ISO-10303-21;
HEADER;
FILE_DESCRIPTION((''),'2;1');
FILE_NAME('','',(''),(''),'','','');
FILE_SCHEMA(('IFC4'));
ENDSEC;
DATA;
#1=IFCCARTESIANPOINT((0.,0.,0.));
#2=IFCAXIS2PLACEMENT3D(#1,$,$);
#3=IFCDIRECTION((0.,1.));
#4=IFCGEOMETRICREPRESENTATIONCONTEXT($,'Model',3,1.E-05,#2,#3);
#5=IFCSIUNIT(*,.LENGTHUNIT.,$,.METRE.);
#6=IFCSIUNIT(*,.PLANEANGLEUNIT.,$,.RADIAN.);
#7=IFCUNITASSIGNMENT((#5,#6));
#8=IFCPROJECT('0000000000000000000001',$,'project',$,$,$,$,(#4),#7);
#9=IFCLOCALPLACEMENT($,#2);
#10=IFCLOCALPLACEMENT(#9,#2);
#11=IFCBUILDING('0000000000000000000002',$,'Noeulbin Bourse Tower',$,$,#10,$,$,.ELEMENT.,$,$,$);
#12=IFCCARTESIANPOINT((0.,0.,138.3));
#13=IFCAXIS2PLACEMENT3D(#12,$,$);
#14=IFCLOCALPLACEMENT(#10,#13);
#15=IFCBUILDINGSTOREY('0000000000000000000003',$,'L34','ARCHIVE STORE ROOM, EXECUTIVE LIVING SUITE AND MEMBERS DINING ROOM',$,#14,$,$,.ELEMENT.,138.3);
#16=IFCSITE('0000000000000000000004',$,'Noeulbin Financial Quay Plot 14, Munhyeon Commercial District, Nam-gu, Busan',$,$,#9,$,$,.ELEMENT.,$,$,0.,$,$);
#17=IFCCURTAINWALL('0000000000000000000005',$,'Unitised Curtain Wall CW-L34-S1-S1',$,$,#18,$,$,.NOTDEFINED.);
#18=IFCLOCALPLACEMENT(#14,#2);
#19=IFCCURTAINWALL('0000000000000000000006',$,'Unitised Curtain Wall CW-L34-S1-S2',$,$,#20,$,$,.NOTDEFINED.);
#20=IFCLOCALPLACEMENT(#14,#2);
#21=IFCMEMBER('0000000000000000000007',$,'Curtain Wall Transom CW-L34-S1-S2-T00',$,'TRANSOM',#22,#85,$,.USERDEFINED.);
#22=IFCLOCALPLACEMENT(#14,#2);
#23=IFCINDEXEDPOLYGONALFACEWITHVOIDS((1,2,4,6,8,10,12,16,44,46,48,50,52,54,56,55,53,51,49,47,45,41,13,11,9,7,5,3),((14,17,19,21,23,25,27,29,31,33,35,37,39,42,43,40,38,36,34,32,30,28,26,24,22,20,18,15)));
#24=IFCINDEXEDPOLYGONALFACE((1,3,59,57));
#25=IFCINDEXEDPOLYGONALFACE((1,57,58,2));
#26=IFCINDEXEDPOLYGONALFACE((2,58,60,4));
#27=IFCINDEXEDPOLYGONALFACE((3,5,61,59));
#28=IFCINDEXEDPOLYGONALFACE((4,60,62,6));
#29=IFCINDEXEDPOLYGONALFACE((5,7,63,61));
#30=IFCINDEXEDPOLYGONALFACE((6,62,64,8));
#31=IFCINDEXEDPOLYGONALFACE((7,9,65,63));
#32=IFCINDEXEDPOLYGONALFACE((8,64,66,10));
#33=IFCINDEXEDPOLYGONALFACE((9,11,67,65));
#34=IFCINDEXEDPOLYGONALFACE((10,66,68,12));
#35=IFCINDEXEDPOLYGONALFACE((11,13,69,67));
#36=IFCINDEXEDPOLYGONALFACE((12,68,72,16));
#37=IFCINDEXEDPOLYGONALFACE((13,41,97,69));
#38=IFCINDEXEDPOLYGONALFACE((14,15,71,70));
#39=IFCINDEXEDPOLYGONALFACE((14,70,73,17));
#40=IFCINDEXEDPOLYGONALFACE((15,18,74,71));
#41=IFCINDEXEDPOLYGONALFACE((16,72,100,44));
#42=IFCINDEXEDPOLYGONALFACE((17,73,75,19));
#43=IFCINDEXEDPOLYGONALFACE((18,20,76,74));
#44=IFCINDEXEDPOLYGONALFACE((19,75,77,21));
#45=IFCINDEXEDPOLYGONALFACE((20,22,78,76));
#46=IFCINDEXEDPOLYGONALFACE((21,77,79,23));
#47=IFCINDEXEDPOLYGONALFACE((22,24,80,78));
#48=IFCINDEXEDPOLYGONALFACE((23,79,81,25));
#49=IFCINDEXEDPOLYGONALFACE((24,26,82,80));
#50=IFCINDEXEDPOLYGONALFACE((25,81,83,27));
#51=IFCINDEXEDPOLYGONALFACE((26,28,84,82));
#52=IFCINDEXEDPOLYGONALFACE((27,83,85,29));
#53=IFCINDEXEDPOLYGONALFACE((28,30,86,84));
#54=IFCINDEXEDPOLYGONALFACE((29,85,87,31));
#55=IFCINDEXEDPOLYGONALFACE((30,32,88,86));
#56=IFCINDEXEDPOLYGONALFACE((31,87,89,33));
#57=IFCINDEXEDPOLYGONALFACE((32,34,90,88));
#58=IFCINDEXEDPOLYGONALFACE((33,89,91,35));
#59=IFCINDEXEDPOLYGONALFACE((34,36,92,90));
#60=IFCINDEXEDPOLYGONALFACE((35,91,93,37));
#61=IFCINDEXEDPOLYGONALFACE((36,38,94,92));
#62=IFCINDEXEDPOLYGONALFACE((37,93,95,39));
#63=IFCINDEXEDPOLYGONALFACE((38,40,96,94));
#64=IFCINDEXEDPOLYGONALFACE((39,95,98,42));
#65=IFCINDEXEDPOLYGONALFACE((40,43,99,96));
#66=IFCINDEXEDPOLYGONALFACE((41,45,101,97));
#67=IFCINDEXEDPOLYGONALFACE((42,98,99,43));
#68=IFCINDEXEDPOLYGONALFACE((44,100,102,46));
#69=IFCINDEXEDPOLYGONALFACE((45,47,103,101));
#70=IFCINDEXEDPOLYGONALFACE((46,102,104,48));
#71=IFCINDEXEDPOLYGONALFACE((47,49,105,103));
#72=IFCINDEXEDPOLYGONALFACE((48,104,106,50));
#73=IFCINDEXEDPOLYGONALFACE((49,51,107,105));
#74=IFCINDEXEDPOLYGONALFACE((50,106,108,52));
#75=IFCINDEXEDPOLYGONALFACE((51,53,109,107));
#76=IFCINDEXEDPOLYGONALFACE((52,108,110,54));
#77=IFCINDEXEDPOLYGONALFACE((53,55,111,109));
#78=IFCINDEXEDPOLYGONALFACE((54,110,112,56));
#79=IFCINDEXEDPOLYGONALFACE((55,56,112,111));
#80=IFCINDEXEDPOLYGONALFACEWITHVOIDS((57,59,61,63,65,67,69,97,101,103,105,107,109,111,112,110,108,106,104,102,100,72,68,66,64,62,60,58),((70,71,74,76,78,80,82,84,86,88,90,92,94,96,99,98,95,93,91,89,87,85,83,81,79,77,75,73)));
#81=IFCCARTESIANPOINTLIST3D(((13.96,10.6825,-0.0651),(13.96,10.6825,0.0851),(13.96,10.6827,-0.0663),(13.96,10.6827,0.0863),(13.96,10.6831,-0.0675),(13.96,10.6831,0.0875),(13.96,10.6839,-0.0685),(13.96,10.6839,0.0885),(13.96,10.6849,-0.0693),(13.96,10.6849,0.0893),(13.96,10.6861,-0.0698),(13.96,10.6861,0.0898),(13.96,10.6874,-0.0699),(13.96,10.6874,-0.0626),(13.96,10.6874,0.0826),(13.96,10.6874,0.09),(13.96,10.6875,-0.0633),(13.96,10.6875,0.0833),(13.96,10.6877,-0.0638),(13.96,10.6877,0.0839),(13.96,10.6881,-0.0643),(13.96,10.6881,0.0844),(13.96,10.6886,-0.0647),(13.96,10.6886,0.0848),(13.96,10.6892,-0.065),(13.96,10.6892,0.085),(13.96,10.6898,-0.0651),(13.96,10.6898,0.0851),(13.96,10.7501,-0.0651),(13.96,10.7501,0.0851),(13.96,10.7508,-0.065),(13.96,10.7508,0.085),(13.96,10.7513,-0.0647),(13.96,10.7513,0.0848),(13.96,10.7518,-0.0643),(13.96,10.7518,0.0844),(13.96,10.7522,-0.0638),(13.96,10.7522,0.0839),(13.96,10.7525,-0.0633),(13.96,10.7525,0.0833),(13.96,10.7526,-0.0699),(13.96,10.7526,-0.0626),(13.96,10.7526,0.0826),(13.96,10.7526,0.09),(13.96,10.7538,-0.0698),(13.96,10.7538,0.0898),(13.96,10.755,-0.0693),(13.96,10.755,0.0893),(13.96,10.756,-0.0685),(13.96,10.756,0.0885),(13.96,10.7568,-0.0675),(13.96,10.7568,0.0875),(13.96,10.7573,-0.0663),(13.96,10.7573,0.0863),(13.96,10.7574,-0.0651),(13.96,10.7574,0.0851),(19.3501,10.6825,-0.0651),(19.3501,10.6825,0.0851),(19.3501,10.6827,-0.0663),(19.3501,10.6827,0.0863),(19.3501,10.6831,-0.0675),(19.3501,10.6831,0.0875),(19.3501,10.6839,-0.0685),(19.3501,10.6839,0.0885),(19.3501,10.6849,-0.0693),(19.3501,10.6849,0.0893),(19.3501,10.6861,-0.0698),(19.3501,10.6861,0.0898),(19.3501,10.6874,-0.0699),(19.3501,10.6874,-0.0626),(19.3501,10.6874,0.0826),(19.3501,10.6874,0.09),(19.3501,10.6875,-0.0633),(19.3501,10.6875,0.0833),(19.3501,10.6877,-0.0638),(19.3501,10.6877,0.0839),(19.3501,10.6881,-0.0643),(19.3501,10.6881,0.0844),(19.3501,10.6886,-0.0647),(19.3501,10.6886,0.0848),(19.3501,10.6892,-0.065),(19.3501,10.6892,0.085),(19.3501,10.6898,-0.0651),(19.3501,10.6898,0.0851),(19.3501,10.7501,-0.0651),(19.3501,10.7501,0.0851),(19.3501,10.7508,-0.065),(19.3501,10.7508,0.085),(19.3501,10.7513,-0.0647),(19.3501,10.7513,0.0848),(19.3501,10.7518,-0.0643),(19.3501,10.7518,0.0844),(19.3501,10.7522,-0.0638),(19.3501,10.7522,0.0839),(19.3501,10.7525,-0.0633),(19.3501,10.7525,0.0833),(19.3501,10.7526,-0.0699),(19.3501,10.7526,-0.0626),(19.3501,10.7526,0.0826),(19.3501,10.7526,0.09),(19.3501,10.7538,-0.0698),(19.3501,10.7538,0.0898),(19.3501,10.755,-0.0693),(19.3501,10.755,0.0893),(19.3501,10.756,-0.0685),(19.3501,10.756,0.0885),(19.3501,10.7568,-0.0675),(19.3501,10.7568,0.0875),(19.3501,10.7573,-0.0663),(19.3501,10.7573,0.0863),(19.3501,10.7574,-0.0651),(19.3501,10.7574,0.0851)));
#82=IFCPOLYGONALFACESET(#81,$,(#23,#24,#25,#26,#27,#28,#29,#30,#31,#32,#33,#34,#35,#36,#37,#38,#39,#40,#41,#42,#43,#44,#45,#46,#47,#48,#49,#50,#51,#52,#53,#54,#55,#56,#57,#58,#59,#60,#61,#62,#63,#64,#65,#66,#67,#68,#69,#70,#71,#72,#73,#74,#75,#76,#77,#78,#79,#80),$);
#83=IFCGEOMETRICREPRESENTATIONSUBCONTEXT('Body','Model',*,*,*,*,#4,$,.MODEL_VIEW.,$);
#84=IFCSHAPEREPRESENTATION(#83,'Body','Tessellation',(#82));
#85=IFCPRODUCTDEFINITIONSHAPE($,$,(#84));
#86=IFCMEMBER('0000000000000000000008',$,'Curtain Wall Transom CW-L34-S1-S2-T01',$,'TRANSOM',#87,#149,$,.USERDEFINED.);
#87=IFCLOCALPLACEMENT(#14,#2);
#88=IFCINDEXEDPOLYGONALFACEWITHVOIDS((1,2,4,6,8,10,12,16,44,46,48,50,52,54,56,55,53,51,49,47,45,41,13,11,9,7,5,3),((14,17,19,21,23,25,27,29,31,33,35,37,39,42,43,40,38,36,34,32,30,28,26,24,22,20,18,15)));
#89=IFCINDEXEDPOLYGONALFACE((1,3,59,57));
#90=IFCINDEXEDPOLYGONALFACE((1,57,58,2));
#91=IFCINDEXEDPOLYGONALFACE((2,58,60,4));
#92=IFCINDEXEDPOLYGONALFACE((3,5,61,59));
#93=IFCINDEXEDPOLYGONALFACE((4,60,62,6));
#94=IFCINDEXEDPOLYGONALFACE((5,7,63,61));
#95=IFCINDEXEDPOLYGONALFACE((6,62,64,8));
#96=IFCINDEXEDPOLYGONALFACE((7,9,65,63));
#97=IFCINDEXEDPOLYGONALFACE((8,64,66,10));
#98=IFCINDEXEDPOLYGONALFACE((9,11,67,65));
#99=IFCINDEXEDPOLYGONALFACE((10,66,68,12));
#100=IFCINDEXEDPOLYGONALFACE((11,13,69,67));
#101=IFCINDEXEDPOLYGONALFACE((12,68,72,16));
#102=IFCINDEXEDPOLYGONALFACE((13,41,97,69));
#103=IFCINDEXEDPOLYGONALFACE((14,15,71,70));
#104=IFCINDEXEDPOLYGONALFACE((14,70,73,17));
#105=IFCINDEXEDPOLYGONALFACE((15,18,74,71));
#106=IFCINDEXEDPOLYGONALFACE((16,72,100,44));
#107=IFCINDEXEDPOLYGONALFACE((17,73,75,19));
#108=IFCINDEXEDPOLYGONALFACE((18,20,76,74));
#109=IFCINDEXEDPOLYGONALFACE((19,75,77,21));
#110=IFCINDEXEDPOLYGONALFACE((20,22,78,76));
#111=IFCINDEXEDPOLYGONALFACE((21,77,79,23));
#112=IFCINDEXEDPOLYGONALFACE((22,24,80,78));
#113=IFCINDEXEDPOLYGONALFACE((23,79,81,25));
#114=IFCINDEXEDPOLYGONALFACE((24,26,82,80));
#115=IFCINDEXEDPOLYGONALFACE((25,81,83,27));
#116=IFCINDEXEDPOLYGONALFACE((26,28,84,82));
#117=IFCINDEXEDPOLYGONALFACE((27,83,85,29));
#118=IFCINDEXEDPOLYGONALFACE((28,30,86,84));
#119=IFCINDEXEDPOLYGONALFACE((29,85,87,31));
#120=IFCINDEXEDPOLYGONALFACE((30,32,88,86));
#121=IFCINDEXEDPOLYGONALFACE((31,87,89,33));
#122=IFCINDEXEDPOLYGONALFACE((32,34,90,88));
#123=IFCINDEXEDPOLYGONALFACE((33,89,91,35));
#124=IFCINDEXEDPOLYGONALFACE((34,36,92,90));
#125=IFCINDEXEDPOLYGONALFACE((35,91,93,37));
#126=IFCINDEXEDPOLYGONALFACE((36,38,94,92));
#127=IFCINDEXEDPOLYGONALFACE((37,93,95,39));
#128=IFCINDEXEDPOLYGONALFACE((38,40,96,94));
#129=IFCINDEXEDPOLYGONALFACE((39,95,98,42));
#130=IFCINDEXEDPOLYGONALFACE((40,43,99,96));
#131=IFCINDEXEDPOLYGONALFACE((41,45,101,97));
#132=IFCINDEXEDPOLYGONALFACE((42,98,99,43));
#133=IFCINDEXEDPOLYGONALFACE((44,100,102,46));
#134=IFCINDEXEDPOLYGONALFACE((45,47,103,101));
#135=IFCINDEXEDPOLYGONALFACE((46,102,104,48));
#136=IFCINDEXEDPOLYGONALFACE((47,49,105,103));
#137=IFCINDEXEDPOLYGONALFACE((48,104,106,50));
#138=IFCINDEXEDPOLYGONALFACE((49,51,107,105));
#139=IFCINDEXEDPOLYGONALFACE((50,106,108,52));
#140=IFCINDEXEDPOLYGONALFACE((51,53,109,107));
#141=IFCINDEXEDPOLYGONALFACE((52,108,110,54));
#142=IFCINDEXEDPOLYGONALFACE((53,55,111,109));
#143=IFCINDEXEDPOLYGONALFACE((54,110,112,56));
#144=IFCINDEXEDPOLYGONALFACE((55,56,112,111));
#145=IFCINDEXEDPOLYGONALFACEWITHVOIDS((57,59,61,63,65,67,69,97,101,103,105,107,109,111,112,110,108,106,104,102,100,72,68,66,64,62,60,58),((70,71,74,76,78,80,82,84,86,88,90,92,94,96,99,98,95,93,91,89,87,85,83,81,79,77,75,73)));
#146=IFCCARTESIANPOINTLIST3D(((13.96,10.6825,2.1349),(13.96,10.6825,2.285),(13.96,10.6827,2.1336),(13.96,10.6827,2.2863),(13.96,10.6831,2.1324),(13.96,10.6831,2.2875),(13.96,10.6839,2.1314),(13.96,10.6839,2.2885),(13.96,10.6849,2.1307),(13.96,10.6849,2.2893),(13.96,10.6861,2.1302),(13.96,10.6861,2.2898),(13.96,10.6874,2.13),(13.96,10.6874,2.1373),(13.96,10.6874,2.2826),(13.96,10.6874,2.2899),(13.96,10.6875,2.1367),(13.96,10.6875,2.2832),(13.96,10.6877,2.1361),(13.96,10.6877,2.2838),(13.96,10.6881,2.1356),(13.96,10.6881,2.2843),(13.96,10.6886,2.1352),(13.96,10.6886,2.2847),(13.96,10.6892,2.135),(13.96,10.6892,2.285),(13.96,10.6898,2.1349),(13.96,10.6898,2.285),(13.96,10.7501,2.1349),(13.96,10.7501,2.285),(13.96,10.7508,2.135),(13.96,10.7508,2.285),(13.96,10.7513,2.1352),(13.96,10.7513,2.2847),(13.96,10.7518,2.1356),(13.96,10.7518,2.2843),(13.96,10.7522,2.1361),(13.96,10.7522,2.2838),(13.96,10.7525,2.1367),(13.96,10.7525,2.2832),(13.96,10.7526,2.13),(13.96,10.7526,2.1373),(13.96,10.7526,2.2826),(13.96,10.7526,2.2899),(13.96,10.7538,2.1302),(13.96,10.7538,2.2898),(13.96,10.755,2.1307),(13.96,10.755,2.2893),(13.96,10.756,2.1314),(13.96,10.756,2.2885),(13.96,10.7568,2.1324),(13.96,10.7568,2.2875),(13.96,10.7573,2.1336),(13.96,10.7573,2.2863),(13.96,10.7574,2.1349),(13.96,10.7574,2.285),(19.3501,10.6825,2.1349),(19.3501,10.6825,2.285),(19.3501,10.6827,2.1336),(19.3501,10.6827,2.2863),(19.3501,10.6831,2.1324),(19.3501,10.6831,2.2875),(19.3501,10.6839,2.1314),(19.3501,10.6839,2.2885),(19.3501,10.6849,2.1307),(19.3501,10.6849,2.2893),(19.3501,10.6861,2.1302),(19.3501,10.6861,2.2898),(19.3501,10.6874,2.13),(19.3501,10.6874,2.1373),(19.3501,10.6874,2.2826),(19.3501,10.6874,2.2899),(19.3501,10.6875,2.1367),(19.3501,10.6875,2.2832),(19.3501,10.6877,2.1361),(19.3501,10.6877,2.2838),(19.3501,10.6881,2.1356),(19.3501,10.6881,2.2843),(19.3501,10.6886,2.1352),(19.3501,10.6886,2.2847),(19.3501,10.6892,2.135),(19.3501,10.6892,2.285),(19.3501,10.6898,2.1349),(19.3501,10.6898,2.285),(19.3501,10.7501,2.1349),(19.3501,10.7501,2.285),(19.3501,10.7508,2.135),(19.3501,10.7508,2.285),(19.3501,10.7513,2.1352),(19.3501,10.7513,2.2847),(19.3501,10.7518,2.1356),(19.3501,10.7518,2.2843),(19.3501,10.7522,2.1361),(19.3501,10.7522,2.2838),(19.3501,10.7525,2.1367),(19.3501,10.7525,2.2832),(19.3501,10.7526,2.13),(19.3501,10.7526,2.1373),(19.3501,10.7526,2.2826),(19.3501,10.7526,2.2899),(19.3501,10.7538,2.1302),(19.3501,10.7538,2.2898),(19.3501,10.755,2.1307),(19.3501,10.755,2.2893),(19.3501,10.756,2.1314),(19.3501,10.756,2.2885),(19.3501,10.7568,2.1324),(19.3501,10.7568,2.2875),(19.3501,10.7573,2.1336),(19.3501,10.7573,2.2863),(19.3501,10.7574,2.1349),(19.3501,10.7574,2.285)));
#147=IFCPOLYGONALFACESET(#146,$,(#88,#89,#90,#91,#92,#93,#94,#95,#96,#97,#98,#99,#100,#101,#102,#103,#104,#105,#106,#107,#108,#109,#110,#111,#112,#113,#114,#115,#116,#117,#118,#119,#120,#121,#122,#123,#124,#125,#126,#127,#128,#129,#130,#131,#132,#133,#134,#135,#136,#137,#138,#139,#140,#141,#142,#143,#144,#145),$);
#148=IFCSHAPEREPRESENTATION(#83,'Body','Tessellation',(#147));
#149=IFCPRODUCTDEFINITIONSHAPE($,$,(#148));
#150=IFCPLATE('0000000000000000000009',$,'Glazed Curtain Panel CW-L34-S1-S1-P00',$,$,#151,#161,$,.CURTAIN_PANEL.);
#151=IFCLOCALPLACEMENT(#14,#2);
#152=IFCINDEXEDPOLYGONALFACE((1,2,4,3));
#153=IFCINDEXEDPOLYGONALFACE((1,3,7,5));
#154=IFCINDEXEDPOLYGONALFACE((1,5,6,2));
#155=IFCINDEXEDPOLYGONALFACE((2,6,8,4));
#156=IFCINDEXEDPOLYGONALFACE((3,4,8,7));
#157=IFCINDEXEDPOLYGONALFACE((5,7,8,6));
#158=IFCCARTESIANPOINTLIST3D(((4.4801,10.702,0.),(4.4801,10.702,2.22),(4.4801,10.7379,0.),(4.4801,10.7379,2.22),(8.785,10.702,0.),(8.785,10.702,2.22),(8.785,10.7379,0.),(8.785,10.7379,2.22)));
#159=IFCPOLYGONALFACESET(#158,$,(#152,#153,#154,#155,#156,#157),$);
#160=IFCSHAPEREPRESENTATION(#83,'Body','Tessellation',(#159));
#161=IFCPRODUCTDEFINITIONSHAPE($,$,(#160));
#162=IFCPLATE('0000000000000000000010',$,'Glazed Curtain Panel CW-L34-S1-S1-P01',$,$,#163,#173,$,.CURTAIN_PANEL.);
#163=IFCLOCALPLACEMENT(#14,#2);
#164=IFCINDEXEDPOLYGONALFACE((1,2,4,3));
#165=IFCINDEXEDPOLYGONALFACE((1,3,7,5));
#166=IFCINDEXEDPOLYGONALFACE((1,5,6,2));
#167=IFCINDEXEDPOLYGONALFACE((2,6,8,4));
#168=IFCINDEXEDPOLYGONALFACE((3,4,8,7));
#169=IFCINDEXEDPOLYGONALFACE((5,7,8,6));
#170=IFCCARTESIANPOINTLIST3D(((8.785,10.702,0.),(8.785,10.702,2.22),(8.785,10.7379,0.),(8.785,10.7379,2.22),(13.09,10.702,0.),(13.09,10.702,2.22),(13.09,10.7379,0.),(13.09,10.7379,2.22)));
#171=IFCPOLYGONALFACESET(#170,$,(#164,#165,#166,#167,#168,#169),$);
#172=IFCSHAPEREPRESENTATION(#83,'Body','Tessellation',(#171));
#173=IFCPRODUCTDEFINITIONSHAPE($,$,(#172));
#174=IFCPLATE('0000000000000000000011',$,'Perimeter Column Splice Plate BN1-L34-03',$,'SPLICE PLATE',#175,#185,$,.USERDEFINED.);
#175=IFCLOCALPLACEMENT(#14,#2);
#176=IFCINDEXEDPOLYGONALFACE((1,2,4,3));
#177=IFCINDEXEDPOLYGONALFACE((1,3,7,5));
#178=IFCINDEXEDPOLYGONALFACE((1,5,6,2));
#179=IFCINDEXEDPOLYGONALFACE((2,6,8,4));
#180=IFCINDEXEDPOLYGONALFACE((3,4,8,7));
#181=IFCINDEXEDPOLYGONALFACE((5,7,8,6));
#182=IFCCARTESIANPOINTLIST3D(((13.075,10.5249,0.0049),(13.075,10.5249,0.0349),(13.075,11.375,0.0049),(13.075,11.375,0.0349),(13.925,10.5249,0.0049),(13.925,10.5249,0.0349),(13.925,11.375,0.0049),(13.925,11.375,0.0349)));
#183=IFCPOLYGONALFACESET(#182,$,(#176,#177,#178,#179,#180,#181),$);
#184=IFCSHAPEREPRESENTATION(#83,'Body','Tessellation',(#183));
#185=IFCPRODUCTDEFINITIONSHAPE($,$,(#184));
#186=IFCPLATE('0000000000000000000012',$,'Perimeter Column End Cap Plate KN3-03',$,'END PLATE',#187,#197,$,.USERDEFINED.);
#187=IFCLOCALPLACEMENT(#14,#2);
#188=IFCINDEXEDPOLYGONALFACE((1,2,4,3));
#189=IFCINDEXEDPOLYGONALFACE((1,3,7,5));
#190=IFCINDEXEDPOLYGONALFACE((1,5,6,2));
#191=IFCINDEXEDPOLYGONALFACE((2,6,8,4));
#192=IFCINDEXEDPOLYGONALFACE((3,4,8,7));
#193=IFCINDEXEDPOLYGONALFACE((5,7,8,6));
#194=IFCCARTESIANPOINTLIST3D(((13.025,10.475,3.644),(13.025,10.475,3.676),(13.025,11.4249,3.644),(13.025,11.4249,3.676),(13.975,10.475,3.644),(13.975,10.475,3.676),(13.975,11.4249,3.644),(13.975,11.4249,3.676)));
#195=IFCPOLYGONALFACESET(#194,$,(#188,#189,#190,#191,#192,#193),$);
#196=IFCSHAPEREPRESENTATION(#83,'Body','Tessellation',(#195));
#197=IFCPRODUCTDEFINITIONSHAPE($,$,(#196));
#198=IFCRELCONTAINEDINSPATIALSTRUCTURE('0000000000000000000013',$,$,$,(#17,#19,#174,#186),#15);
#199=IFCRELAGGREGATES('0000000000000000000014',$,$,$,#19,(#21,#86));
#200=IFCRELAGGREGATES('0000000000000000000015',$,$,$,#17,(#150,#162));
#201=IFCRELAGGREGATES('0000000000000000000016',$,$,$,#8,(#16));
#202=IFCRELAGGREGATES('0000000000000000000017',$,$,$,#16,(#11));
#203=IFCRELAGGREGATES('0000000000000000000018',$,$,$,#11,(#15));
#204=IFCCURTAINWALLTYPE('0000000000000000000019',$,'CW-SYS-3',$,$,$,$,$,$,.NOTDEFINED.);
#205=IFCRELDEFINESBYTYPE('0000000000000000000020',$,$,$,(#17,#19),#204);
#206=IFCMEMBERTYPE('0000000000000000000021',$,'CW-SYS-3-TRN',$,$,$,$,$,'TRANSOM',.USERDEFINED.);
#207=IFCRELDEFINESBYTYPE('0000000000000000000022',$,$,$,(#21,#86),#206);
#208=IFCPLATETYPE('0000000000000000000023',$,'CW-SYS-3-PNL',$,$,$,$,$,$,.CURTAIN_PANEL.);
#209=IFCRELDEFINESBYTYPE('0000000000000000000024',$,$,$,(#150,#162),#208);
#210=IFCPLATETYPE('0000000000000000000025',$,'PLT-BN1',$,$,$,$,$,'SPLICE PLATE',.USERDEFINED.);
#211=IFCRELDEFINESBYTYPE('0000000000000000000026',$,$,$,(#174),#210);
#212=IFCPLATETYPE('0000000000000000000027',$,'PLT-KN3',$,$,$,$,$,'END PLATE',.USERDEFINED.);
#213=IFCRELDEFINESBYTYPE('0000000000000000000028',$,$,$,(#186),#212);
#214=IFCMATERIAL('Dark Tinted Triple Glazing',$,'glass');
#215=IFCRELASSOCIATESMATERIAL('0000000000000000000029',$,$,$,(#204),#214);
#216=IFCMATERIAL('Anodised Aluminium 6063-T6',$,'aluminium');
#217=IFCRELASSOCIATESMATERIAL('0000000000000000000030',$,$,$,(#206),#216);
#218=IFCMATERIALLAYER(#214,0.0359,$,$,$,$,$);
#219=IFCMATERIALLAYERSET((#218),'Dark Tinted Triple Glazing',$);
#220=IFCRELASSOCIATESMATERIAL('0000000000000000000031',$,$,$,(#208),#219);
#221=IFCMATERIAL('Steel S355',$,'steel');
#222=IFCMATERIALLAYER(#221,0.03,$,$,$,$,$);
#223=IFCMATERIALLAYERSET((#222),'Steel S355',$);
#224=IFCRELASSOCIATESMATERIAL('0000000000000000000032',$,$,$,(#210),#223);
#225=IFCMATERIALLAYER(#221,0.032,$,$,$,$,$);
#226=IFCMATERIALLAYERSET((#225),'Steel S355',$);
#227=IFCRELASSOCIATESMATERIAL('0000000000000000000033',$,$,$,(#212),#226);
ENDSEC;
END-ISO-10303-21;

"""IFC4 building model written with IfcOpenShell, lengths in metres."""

from ifc_helpers import new_model, si_unit, direction, frame, origin, origin_2d, place, context, subcontext, project, spatial, rectangle, hollow_rectangle, extrude, material, layer, layer_set, material_profile, profile_set, type_object, element, aggregate, save


model = new_model("IFC4")

# Units and contexts
model_context = context("Model", 3, precision=1e-05, world=origin(), true_north=direction((0.0, 1.0)))
body_context = subcontext(model_context, "Body", "Model", "MODEL_VIEW")
ifc_project = project(units=[si_unit("LENGTHUNIT", "METRE"), si_unit("PLANEANGLEUNIT", "RADIAN")], contexts=[model_context])

# Site, building, storey
site_placement = place(None, origin())
site = spatial("IfcSite", under=ifc_project, at=site_placement, Name="Noeulbin Financial Quay Plot 14, Munhyeon Commercial District, Nam-gu, Busan", CompositionType="ELEMENT", RefElevation=0.0)
building_placement = place(site_placement, origin())
building = spatial("IfcBuilding", under=site, at=building_placement, Name="Noeulbin Bourse Tower", CompositionType="ELEMENT")
storey_placement = place(building_placement, frame((0.0, 0.0, 138.3)))
storey = spatial("IfcBuildingStorey", under=building, at=storey_placement, Name="L34", Description="ARCHIVE STORE ROOM, EXECUTIVE LIVING SUITE AND MEMBERS DINING ROOM", CompositionType="ELEMENT", Elevation=138.3)

# Shared definitions
ifc_material_1 = material(Name="Steel S355", Category="steel")

# Curtain wall
ifc_material_2 = material(Name="Dark Tinted Triple Glazing", Category="glass")
curtain_wall_type = type_object("IfcCurtainWallType", Name="CW-SYS-3", PredefinedType="NOTDEFINED", material=ifc_material_2)
curtain_wall_1_placement = place(storey_placement, origin())
curtain_wall_1 = element("IfcCurtainWall", 1, at=curtain_wall_1_placement, inside=storey, type_object=curtain_wall_type, Name="Unitised Curtain Wall CW-L34-S1-S1", PredefinedType="NOTDEFINED")
ifc_material_3 = material(Name="Anodised Aluminium 6063-T6", Category="aluminium")

# Curtain wall
curtain_wall_2_placement = place(storey_placement, origin())
curtain_wall_2 = element("IfcCurtainWall", 2, at=curtain_wall_2_placement, inside=storey, type_object=curtain_wall_type, Name="Unitised Curtain Wall CW-L34-S1-S2", PredefinedType="NOTDEFINED")

# Members
ifc_material_profile_1 = material_profile(ifc_material_3, hollow_rectangle(XDim=0.075, YDim=0.1599, WallThickness=0.0049, InnerFilletRadius=0.0024, OuterFilletRadius=0.0049, at=origin_2d()), Name="ALU-TRAN-75x160x5", Category="LoadBearing")
ifc_profile_set_1 = profile_set([ifc_material_profile_1], Name="Anodised Aluminium 6063-T6")
member_type_1 = type_object("IfcMemberType", Name="CW-SYS-3-TRN", ElementType="TRANSOM", PredefinedType="USERDEFINED", material=ifc_profile_set_1)
member_1_placement = place(storey_placement, frame((13.96, 10.72, 0.01), z_axis=(1.0, 0.0, 0.0), x_axis=(0.0, 1.0, 0.0)))
member_1 = element("IfcMember", 3, at=member_1_placement, type_object=member_type_1, Name="Curtain Wall Transom CW-L34-S1-S2-T00", ObjectType="TRANSOM", PredefinedType="USERDEFINED", context=body_context, shape_type="SweptSolid", body=[
    extrude(hollow_rectangle(XDim=0.075, YDim=0.1599, WallThickness=0.0049, InnerFilletRadius=0.0024, OuterFilletRadius=0.0049, at=origin_2d()), origin(), (0.0, 0.0, 1.0), 5.3901),
])
member_2_placement = place(storey_placement, frame((13.96, 10.72, 2.21), z_axis=(1.0, 0.0, 0.0), x_axis=(0.0, 1.0, 0.0)))
member_2 = element("IfcMember", 4, at=member_2_placement, type_object=member_type_1, Name="Curtain Wall Transom CW-L34-S1-S2-T01", ObjectType="TRANSOM", PredefinedType="USERDEFINED", context=body_context, shape_type="SweptSolid", body=[
    extrude(hollow_rectangle(XDim=0.075, YDim=0.1599, WallThickness=0.0049, InnerFilletRadius=0.0024, OuterFilletRadius=0.0049, at=origin_2d()), origin(), (0.0, 0.0, 1.0), 5.3901),
])
aggregate(curtain_wall_2, [member_1, member_2])

# Plates
ifc_layer_1 = layer(ifc_material_2, 0.0359)
ifc_layer_set_1 = layer_set([ifc_layer_1], Name="Dark Tinted Triple Glazing")
plate_type_1 = type_object("IfcPlateType", Name="CW-SYS-3-PNL", PredefinedType="CURTAIN_PANEL", material=ifc_layer_set_1)
plate_1_placement = place(storey_placement, frame((6.6326, 10.72, 0.0), z_axis=(0.0, 0.0, 1.0), x_axis=(1.0, 0.0, 0.0)))
plate_1 = element("IfcPlate", 5, at=plate_1_placement, type_object=plate_type_1, Name="Glazed Curtain Panel CW-L34-S1-S1-P00", PredefinedType="CURTAIN_PANEL", context=body_context, shape_type="SweptSolid", body=[
    extrude(rectangle(XDim=4.3049, YDim=0.0359, at=origin_2d()), origin(), (0.0, 0.0, 1.0), 2.22),
])
plate_2_placement = place(storey_placement, frame((10.9375, 10.72, 0.0), z_axis=(0.0, 0.0, 1.0), x_axis=(1.0, 0.0, 0.0)))
plate_2 = element("IfcPlate", 6, at=plate_2_placement, type_object=plate_type_1, Name="Glazed Curtain Panel CW-L34-S1-S1-P01", PredefinedType="CURTAIN_PANEL", context=body_context, shape_type="SweptSolid", body=[
    extrude(rectangle(XDim=4.3049, YDim=0.0359, at=origin_2d()), origin(), (0.0, 0.0, 1.0), 2.22),
])
aggregate(curtain_wall_1, [plate_1, plate_2])

# Plates
ifc_layer_2 = layer(ifc_material_1, 0.03)
ifc_layer_set_2 = layer_set([ifc_layer_2], Name="Steel S355")
plate_type_2 = type_object("IfcPlateType", Name="PLT-BN1", ElementType="SPLICE PLATE", PredefinedType="USERDEFINED", material=ifc_layer_set_2)
plate_3_placement = place(storey_placement, frame((13.5, 10.95, 0.0049), z_axis=(0.0, 0.0, 1.0), x_axis=(1.0, 0.0, 0.0)))
element("IfcPlate", 7, at=plate_3_placement, inside=storey, type_object=plate_type_2, Name="Perimeter Column Splice Plate BN1-L34-03", ObjectType="SPLICE PLATE", PredefinedType="USERDEFINED", context=body_context, shape_type="SweptSolid", body=[
    extrude(rectangle(XDim=0.8501, YDim=0.8501, at=origin_2d()), origin(), (0.0, 0.0, 1.0), 0.03),
])
ifc_layer_3 = layer(ifc_material_1, 0.032)
ifc_layer_set_3 = layer_set([ifc_layer_3], Name="Steel S355")
plate_type_3 = type_object("IfcPlateType", Name="PLT-KN3", ElementType="END PLATE", PredefinedType="USERDEFINED", material=ifc_layer_set_3)
plate_4_placement = place(storey_placement, frame((13.5, 10.95, 3.644), z_axis=(0.0, 0.0, 1.0), x_axis=(1.0, 0.0, 0.0)))
element("IfcPlate", 8, at=plate_4_placement, inside=storey, type_object=plate_type_3, Name="Perimeter Column End Cap Plate KN3-03", ObjectType="END PLATE", PredefinedType="USERDEFINED", context=body_context, shape_type="SweptSolid", body=[
    extrude(rectangle(XDim=0.95, YDim=0.95, at=origin_2d()), origin(), (0.0, 0.0, 1.0), 0.032),
])

save(model, "model.ifc")
